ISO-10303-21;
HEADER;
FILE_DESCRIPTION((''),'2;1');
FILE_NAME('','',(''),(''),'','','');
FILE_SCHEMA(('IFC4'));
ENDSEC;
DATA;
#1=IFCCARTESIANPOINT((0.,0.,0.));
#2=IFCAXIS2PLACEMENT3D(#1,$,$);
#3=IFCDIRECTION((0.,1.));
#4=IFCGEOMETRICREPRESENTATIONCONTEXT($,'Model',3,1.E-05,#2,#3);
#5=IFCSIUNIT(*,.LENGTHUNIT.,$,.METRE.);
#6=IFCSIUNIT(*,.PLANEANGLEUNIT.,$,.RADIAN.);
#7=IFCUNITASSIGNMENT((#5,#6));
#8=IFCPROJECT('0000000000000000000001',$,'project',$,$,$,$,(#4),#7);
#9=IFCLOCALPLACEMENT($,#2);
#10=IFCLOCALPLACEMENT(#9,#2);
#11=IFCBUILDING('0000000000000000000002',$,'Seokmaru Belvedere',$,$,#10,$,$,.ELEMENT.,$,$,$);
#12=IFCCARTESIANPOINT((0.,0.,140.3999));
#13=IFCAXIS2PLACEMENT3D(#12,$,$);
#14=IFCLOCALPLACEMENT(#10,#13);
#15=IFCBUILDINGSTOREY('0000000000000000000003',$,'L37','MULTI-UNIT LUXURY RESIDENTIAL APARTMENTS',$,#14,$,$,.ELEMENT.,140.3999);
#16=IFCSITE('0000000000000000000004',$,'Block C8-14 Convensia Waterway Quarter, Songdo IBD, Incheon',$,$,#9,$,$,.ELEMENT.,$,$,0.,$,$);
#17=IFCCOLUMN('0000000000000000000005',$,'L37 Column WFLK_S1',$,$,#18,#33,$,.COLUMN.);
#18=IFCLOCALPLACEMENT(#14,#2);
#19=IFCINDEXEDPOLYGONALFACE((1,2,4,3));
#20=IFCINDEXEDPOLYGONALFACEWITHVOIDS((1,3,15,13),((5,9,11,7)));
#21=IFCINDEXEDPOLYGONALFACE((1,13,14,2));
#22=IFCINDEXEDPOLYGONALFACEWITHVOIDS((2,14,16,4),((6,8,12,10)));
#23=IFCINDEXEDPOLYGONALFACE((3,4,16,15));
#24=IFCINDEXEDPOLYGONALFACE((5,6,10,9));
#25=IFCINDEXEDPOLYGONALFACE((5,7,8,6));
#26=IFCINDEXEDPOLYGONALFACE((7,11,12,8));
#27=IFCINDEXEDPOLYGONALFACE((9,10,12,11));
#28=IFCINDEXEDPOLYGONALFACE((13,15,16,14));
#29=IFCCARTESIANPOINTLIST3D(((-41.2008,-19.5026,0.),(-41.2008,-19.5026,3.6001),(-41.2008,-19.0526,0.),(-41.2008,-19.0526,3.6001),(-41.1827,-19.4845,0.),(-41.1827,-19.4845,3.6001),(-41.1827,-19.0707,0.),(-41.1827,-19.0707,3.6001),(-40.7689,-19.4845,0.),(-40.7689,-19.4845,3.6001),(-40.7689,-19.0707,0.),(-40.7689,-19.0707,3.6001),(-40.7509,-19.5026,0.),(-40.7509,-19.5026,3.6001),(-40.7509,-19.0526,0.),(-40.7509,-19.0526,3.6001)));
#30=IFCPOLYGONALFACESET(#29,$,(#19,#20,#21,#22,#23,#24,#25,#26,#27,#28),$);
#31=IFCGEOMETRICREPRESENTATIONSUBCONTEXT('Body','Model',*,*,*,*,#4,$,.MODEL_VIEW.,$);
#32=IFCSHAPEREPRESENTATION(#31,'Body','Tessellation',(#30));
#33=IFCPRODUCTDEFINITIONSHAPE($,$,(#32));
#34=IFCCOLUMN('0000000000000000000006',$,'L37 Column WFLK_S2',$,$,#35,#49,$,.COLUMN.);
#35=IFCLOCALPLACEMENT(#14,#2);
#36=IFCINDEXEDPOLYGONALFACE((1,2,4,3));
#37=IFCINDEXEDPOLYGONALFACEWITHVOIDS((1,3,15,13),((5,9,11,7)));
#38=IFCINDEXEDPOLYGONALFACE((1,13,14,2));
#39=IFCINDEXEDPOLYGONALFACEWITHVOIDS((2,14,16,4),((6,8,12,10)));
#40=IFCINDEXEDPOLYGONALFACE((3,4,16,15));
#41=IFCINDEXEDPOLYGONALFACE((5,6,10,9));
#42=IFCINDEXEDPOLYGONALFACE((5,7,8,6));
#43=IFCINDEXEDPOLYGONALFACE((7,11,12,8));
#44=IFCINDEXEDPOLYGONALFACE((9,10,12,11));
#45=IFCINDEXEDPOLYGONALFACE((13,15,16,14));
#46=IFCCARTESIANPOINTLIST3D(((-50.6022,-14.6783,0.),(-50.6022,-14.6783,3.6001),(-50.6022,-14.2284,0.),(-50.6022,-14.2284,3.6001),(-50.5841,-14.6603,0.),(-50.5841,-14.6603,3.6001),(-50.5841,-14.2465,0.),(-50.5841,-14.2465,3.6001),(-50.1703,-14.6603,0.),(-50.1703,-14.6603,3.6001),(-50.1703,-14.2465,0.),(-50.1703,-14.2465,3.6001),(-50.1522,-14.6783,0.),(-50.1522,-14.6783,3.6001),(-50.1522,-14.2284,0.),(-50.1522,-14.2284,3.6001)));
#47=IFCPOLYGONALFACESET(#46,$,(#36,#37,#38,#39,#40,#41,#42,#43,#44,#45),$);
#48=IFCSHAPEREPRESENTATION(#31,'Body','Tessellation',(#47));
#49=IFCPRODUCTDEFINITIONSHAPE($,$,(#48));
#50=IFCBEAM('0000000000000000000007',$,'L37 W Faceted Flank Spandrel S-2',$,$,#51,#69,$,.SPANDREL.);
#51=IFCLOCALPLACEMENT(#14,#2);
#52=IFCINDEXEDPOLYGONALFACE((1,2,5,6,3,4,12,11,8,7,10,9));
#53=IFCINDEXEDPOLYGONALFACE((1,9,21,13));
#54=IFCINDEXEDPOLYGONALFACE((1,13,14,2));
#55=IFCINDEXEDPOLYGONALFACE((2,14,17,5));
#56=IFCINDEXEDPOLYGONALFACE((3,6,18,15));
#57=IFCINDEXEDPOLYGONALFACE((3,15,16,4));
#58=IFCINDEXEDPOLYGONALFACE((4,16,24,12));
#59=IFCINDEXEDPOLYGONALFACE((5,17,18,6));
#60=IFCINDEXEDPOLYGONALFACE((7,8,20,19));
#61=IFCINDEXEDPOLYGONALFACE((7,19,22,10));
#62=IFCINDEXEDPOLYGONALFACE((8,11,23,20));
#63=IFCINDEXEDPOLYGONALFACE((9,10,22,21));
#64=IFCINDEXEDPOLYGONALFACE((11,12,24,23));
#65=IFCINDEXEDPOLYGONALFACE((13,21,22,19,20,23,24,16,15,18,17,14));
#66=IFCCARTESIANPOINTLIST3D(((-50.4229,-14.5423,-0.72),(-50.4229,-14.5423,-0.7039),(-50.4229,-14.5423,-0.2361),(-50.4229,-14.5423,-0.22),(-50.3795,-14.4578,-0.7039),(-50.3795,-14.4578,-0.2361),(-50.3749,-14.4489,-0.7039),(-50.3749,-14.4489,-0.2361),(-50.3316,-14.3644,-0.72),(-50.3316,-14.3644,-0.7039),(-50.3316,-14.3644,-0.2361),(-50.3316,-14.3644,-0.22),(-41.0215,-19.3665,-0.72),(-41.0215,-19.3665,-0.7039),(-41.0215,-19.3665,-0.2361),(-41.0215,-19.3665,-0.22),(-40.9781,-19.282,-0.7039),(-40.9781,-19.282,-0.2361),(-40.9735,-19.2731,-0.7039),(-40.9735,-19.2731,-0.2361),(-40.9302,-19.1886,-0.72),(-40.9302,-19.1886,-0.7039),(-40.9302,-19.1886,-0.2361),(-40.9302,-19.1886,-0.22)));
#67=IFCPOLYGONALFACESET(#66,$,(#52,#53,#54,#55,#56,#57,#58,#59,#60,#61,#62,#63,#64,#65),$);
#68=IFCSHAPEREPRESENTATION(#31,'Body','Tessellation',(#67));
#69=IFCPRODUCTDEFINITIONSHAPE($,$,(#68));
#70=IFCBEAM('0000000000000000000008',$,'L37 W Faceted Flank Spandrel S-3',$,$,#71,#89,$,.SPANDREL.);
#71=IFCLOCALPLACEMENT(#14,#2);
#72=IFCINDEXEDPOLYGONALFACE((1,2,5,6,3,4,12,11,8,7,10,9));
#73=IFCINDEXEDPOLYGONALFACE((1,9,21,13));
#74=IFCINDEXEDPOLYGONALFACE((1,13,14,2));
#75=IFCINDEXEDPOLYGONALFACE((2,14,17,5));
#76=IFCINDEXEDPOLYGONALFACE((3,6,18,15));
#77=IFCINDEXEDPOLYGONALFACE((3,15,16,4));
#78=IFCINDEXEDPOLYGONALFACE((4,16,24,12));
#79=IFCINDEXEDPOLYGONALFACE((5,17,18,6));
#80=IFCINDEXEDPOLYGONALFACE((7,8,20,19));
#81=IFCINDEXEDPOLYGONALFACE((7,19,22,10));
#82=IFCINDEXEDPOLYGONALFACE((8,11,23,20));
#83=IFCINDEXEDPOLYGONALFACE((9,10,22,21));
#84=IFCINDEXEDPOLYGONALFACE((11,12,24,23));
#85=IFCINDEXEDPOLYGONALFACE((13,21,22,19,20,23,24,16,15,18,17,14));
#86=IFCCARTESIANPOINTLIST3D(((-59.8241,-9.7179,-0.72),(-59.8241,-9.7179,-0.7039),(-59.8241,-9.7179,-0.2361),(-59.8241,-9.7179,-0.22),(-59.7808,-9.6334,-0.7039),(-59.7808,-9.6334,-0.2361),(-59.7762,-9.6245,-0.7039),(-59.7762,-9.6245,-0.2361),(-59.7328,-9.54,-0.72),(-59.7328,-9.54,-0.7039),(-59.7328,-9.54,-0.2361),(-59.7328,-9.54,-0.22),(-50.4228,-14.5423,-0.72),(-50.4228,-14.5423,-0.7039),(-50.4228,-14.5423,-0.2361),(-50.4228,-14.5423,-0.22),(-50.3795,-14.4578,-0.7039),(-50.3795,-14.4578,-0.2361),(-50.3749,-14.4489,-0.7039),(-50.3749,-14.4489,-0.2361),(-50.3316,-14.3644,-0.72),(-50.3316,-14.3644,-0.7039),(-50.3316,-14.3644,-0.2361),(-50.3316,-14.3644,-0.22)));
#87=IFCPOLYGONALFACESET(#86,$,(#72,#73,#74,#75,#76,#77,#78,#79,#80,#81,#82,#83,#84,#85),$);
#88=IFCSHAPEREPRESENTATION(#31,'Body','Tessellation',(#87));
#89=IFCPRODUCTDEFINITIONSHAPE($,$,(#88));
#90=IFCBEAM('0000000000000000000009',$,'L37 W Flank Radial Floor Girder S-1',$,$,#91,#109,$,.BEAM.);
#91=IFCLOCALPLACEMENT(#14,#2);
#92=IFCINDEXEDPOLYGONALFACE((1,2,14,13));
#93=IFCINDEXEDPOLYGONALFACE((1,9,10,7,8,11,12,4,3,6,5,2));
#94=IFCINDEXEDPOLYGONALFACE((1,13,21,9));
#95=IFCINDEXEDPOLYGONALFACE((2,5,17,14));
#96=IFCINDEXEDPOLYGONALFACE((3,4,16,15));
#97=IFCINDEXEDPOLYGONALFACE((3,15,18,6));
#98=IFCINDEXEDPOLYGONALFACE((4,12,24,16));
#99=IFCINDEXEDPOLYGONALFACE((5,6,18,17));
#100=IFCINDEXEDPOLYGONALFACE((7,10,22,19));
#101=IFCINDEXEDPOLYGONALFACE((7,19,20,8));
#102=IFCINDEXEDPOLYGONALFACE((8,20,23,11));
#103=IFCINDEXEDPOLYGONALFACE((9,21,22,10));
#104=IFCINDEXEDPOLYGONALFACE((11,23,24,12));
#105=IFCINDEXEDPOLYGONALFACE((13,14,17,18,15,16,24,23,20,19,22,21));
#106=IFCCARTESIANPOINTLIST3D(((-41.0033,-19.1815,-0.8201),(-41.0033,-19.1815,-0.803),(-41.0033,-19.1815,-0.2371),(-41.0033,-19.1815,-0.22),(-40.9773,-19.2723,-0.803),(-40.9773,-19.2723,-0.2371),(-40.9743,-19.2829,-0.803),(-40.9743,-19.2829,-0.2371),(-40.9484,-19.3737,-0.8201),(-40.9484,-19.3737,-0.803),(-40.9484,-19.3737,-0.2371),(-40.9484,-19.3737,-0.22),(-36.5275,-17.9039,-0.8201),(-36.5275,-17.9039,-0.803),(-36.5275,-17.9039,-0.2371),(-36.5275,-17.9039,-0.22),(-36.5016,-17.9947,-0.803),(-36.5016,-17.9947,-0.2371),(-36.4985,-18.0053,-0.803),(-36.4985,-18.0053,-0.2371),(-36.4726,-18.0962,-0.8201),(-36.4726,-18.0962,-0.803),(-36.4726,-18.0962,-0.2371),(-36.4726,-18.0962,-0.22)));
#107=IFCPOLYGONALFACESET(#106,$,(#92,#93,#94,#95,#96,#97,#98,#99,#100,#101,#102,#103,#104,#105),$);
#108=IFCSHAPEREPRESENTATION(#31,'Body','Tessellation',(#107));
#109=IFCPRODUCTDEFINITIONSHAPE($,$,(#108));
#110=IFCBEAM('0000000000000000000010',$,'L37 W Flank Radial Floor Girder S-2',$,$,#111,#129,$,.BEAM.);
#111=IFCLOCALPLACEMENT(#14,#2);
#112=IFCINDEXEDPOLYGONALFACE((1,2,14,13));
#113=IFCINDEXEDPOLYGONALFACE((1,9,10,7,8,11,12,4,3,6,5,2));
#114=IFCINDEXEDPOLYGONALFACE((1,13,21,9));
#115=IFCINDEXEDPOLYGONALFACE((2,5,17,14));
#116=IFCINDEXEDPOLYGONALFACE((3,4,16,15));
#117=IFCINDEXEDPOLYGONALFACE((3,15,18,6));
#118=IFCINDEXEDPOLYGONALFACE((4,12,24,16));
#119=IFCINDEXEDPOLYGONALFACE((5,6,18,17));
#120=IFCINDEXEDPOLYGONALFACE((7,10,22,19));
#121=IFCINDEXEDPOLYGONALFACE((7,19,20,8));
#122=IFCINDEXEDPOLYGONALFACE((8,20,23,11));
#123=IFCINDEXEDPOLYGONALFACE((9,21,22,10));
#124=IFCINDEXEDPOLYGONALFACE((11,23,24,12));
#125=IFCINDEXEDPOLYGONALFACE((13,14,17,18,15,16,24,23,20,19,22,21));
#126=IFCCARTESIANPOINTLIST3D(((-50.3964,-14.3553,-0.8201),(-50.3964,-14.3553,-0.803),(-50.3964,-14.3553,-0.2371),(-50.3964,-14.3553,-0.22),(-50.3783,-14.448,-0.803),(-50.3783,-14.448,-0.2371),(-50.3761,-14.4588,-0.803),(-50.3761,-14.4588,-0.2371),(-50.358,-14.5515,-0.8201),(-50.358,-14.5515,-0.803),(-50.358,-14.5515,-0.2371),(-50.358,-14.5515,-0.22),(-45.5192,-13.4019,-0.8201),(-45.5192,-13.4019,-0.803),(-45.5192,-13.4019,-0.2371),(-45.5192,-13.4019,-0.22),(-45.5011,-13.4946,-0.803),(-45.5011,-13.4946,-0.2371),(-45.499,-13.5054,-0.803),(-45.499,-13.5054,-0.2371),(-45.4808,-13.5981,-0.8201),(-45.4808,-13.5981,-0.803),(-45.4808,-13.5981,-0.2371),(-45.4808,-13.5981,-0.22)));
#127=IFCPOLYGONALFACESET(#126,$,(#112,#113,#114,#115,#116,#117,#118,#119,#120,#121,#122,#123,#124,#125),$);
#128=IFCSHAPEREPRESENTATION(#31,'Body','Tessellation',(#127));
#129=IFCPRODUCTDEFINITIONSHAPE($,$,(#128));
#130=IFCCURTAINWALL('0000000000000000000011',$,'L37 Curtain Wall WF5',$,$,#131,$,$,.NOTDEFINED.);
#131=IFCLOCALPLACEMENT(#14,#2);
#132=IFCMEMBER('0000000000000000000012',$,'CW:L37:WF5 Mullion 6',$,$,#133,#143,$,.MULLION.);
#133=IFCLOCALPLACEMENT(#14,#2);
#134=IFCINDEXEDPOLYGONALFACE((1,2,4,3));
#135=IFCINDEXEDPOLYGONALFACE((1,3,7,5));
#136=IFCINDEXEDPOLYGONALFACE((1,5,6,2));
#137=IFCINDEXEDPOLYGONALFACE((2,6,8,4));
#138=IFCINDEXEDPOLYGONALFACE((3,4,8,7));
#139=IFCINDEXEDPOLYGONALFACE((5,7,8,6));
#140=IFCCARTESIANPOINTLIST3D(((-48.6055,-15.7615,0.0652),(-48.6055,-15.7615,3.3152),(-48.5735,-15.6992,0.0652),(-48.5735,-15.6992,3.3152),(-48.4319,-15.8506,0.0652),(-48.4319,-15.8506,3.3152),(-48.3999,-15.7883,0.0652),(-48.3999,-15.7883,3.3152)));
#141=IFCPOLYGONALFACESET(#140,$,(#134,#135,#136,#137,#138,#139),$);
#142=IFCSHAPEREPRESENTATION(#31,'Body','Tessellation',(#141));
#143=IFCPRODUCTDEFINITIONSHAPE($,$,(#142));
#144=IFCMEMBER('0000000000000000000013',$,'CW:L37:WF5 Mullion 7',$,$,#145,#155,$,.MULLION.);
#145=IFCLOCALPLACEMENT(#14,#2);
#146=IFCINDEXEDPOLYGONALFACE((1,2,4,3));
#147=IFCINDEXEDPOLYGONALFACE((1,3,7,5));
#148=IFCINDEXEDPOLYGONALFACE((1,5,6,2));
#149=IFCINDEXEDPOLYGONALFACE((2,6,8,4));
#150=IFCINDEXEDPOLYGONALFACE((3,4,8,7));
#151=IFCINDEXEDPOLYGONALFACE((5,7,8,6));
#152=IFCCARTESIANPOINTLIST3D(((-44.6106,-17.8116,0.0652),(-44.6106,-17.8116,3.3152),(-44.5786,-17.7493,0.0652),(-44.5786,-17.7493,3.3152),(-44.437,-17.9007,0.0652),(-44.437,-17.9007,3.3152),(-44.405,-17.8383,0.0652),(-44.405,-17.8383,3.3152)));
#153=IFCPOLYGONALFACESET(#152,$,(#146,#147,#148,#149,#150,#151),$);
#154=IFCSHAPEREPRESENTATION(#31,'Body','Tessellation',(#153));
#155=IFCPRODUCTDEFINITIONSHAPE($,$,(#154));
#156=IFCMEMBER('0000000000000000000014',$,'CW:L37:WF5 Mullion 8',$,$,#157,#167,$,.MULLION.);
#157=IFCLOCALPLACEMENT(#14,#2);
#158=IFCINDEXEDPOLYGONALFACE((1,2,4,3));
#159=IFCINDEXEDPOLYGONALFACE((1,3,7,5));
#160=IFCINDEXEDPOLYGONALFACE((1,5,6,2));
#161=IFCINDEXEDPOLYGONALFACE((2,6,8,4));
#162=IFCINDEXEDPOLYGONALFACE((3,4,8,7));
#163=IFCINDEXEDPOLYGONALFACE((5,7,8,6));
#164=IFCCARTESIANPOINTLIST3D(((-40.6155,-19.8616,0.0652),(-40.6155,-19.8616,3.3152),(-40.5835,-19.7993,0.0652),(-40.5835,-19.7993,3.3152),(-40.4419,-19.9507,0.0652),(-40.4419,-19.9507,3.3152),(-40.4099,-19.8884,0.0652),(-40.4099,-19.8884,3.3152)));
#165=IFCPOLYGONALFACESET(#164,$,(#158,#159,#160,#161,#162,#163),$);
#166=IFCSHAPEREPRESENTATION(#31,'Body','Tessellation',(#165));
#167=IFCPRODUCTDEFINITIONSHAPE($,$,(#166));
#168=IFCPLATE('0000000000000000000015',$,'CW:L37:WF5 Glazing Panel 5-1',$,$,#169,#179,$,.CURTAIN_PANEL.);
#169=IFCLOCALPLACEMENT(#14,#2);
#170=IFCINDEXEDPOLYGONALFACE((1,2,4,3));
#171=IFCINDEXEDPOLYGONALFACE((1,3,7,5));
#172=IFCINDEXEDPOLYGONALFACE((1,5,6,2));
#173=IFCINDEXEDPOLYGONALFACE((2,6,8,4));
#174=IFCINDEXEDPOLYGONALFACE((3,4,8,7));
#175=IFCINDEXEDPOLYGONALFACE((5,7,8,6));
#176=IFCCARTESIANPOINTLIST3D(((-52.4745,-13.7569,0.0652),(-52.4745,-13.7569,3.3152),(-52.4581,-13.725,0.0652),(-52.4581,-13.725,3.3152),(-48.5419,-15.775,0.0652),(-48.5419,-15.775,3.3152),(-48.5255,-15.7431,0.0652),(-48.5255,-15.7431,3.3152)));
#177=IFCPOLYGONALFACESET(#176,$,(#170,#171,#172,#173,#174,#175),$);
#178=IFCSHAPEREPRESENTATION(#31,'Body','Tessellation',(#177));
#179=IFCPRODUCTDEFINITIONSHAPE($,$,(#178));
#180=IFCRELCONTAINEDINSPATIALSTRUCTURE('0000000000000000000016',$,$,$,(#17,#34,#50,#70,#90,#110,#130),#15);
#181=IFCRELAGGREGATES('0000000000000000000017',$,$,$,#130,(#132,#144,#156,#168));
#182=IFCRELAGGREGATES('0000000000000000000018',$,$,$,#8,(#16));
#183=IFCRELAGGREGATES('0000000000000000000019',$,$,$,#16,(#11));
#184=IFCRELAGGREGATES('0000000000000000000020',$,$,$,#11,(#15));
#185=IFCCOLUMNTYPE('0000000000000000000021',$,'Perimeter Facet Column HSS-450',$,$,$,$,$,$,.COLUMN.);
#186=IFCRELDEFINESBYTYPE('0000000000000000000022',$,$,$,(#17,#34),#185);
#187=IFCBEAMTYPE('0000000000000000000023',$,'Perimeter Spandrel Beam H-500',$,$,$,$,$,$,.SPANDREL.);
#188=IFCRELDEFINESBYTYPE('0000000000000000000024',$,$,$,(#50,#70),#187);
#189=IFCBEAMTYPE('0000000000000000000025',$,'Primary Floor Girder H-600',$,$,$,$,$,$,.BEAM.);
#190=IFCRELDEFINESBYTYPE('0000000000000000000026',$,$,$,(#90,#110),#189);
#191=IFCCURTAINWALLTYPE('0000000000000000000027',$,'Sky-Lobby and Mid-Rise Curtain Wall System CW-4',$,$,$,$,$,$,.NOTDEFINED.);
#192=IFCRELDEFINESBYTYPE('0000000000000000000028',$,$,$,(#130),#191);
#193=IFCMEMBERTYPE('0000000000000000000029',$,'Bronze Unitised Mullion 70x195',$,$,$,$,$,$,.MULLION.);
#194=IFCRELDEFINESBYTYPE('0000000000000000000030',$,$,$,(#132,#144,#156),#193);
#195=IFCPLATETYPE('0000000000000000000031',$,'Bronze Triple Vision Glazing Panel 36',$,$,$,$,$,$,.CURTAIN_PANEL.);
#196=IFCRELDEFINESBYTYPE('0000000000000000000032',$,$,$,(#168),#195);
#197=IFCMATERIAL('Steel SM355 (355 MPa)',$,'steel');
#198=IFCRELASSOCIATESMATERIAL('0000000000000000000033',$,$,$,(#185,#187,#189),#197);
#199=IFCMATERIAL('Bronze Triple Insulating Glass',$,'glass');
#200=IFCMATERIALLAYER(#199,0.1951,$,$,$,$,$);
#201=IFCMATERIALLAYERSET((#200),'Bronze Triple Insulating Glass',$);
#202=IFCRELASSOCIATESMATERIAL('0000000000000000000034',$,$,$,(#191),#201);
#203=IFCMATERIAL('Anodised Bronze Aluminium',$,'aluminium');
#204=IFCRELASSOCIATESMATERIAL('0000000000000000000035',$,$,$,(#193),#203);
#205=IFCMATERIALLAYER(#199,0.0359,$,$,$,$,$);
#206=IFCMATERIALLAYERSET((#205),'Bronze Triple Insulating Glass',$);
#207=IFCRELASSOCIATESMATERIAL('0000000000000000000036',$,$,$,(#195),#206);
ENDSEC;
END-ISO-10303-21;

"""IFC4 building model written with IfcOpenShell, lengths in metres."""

from ifc_helpers import new_model, si_unit, direction, frame, origin, origin_2d, place, context, subcontext, project, spatial, rectangle, hollow_rectangle, i_section, extrude, source, transform, mapped, material, layer, layer_set, material_profile, profile_set, type_object, type_shapes, element, aggregate, save


model = new_model("IFC4")

# Units and contexts
model_context = context("Model", 3, precision=1e-05, world=origin(), true_north=direction((0.0, 1.0)))
body_context = subcontext(model_context, "Body", "Model", "MODEL_VIEW")
ifc_project = project(units=[si_unit("LENGTHUNIT", "METRE"), si_unit("PLANEANGLEUNIT", "RADIAN")], contexts=[model_context])

# Site, building, storey
site_placement = place(None, origin())
site = spatial("IfcSite", under=ifc_project, at=site_placement, Name="Block C8-14 Convensia Waterway Quarter, Songdo IBD, Incheon", CompositionType="ELEMENT", RefElevation=0.0)
building_placement = place(site_placement, origin())
building = spatial("IfcBuilding", under=site, at=building_placement, Name="Seokmaru Belvedere", CompositionType="ELEMENT")
storey_placement = place(building_placement, frame((0.0, 0.0, 140.3999)))
storey = spatial("IfcBuildingStorey", under=building, at=storey_placement, Name="L37", Description="MULTI-UNIT LUXURY RESIDENTIAL APARTMENTS", CompositionType="ELEMENT", Elevation=140.3999)

# Columns
ifc_material_1 = material(Name="Steel SM355 (355 MPa)", Category="steel")
ifc_material_profile_1 = material_profile(ifc_material_1, hollow_rectangle(XDim=0.45, YDim=0.45, WallThickness=0.0181, at=origin_2d()), Name="HSS-450x450x18")
ifc_profile_set_1 = profile_set([ifc_material_profile_1], Name="Steel SM355 (355 MPa)")
column_type = type_object("IfcColumnType", Name="Perimeter Facet Column HSS-450", PredefinedType="COLUMN", material=ifc_profile_set_1)
shared_shape_1 = source(origin(), body_context, "Body", "SweptSolid", [
    extrude(hollow_rectangle(XDim=0.45, YDim=0.45, WallThickness=0.0181, at=origin_2d()), origin(), (0.0, 0.0, 1.0), 3.6001),
])
type_shapes(column_type, [shared_shape_1])
for number, where, z_axis, x_axis, name in (
    (1, (-40.9758, -19.2776, 0.0), (0.0, 0.0, 1.0), (1.0, 0.0, 0.0), "L37 Column WFLK_S1"),
    (2, (-50.3772, -14.4534, 0.0), (0.0, 0.0, 1.0), (1.0, 0.0, 0.0), "L37 Column WFLK_S2"),
):
    element("IfcColumn", number, at=place(storey_placement, frame(where, z_axis=z_axis, x_axis=x_axis)), inside=storey, type_object=column_type, Name=name, PredefinedType="COLUMN", context=body_context, shape_type="MappedRepresentation", body=[
        mapped(shared_shape_1, transform((0.0, 0.0, 0.0), scale=1.0)),
    ])

# Beams
ifc_material_profile_2 = material_profile(ifc_material_1, i_section(OverallWidth=0.2, OverallDepth=0.5, WebThickness=0.01, FlangeThickness=0.0161, at=origin_2d()), Name="H-500x200x10x16")
ifc_profile_set_2 = profile_set([ifc_material_profile_2], Name="Steel SM355 (355 MPa)")
beam_type_1 = type_object("IfcBeamType", Name="Perimeter Spandrel Beam H-500", PredefinedType="SPANDREL", material=ifc_profile_set_2)
shared_shape_2 = source(origin(), body_context, "Body", "SweptSolid", [
    extrude(i_section(OverallWidth=0.2, OverallDepth=0.5, WebThickness=0.01, FlangeThickness=0.0161, at=origin_2d()), origin(), (0.0, 0.0, 1.0), 10.5669),
])
type_shapes(beam_type_1, [shared_shape_2])
for number, where, z_axis, x_axis, name in (
    (3, (-40.9758, -19.2776, -0.47), (-0.889702, 0.456542, 0.0), (-0.456542, -0.889702, 0.0), "L37 W Faceted Flank Spandrel S-2"),
    (4, (-50.3772, -14.4534, -0.47), (-0.889693, 0.45656, 0.0), (-0.45656, -0.889693, 0.0), "L37 W Faceted Flank Spandrel S-3"),
):
    element("IfcBeam", number, at=place(storey_placement, frame(where, z_axis=z_axis, x_axis=x_axis)), inside=storey, type_object=beam_type_1, Name=name, PredefinedType="SPANDREL", context=body_context, shape_type="MappedRepresentation", body=[
        mapped(shared_shape_2, transform((0.0, 0.0, 0.0), scale=1.0)),
    ])
ifc_material_profile_3 = material_profile(ifc_material_1, i_section(OverallWidth=0.2, OverallDepth=0.6001, WebThickness=0.011, FlangeThickness=0.0171, at=origin_2d()), Name="H-600x200x11x17")
ifc_profile_set_3 = profile_set([ifc_material_profile_3], Name="Steel SM355 (355 MPa)")
beam_type_2 = type_object("IfcBeamType", Name="Primary Floor Girder H-600", PredefinedType="BEAM", material=ifc_profile_set_3)
shared_shape_3 = source(origin(), body_context, "Body", "SweptSolid", [
    extrude(i_section(OverallWidth=0.2, OverallDepth=0.6001, WebThickness=0.011, FlangeThickness=0.0171, at=origin_2d()), origin(), (0.0, 0.0, 1.0), 4.6545),
])
beam_1_placement = place(storey_placement, frame((-40.9758, -19.2776, -0.52), z_axis=(0.961593, 0.274479, 0.0), x_axis=(-0.274479, 0.961593, 0.0)))
element("IfcBeam", 5, at=beam_1_placement, inside=storey, type_object=beam_type_2, Name="L37 W Flank Radial Floor Girder S-1", PredefinedType="BEAM", context=body_context, shape_type="MappedRepresentation", body=[
    mapped(shared_shape_3, transform((0.0, 0.0, 0.0), scale=1.0)),
])
shared_shape_4 = source(origin(), body_context, "Body", "SweptSolid", [
    extrude(i_section(OverallWidth=0.2, OverallDepth=0.6001, WebThickness=0.011, FlangeThickness=0.0171, at=origin_2d()), origin(), (0.0, 0.0, 1.0), 4.9695),
])
type_shapes(beam_type_2, [shared_shape_3, shared_shape_4])
beam_2_placement = place(storey_placement, frame((-50.3772, -14.4534, -0.52), z_axis=(0.981425, 0.191844, 0.0), x_axis=(-0.191844, 0.981425, 0.0)))
element("IfcBeam", 6, at=beam_2_placement, inside=storey, type_object=beam_type_2, Name="L37 W Flank Radial Floor Girder S-2", PredefinedType="BEAM", context=body_context, shape_type="MappedRepresentation", body=[
    mapped(shared_shape_4, transform((0.0, 0.0, 0.0), scale=1.0)),
])

# Curtain wall, members, plate
ifc_material_2 = material(Name="Bronze Triple Insulating Glass", Category="glass")
ifc_layer_1 = layer(ifc_material_2, 0.1951)
ifc_layer_set_1 = layer_set([ifc_layer_1], Name="Bronze Triple Insulating Glass")
curtain_wall_type = type_object("IfcCurtainWallType", Name="Sky-Lobby and Mid-Rise Curtain Wall System CW-4", PredefinedType="NOTDEFINED", material=ifc_layer_set_1)
curtain_wall_placement = place(storey_placement, origin())
curtain_wall = element("IfcCurtainWall", 7, at=curtain_wall_placement, inside=storey, type_object=curtain_wall_type, Name="L37 Curtain Wall WF5", PredefinedType="NOTDEFINED")
ifc_material_3 = material(Name="Anodised Bronze Aluminium", Category="aluminium")
ifc_material_profile_4 = material_profile(ifc_material_3, rectangle(XDim=0.0701, YDim=0.1951, at=origin_2d()), Name="CW-M-70x195")
ifc_profile_set_4 = profile_set([ifc_material_profile_4], Name="Anodised Bronze Aluminium")
member_type = type_object("IfcMemberType", Name="Bronze Unitised Mullion 70x195", PredefinedType="MULLION", material=ifc_profile_set_4)
shared_shape_5 = source(origin(), body_context, "Body", "SweptSolid", [
    extrude(rectangle(XDim=0.0701, YDim=0.1951, at=origin_2d()), origin(), (0.0, 0.0, 1.0), 3.25),
])
type_shapes(member_type, [shared_shape_5])
member_1_placement = place(storey_placement, frame((-48.5027, -15.7749, 0.0652), z_axis=(0.0, 0.0, 1.0), x_axis=(0.456555, 0.889695, 0.0)))
member_1 = element("IfcMember", 8, at=member_1_placement, type_object=member_type, Name="CW:L37:WF5 Mullion 6", PredefinedType="MULLION", context=body_context, shape_type="MappedRepresentation", body=[
    mapped(shared_shape_5, transform((0.0, 0.0, 0.0), scale=1.0)),
])
member_2_placement = place(storey_placement, frame((-44.5078, -17.825, 0.0652), z_axis=(0.0, 0.0, 1.0), x_axis=(0.456555, 0.889695, 0.0)))
member_2 = element("IfcMember", 9, at=member_2_placement, type_object=member_type, Name="CW:L37:WF5 Mullion 7", PredefinedType="MULLION", context=body_context, shape_type="MappedRepresentation", body=[
    mapped(shared_shape_5, transform((0.0, 0.0, 0.0), scale=1.0)),
])
member_3_placement = place(storey_placement, frame((-40.5127, -19.875, 0.0652), z_axis=(0.0, 0.0, 1.0), x_axis=(0.456555, 0.889695, 0.0)))
member_3 = element("IfcMember", 10, at=member_3_placement, type_object=member_type, Name="CW:L37:WF5 Mullion 8", PredefinedType="MULLION", context=body_context, shape_type="MappedRepresentation", body=[
    mapped(shared_shape_5, transform((0.0, 0.0, 0.0), scale=1.0)),
])
ifc_layer_2 = layer(ifc_material_2, 0.0359)
ifc_layer_set_2 = layer_set([ifc_layer_2], Name="Bronze Triple Insulating Glass")
plate_type = type_object("IfcPlateType", Name="Bronze Triple Vision Glazing Panel 36", PredefinedType="CURTAIN_PANEL", material=ifc_layer_set_2)
shared_shape_6 = source(origin(), body_context, "Body", "SweptSolid", [
    extrude(rectangle(XDim=4.4202, YDim=0.0359, at=origin_2d()), origin(), (0.0, 0.0, 1.0), 3.25),
])
type_shapes(plate_type, [shared_shape_6])
plate_1_placement = place(storey_placement, frame((-50.5, -14.75, 0.0652), z_axis=(0.0, 0.0, 1.0), x_axis=(0.889695, -0.456555, 0.0)))
plate_1 = element("IfcPlate", 11, at=plate_1_placement, type_object=plate_type, Name="CW:L37:WF5 Glazing Panel 5-1", PredefinedType="CURTAIN_PANEL", context=body_context, shape_type="MappedRepresentation", body=[
    mapped(shared_shape_6, transform((0.0, 0.0, 0.0), scale=1.0)),
])
aggregate(curtain_wall, [member_1, member_2, member_3, plate_1])

save(model, "model.ifc")
